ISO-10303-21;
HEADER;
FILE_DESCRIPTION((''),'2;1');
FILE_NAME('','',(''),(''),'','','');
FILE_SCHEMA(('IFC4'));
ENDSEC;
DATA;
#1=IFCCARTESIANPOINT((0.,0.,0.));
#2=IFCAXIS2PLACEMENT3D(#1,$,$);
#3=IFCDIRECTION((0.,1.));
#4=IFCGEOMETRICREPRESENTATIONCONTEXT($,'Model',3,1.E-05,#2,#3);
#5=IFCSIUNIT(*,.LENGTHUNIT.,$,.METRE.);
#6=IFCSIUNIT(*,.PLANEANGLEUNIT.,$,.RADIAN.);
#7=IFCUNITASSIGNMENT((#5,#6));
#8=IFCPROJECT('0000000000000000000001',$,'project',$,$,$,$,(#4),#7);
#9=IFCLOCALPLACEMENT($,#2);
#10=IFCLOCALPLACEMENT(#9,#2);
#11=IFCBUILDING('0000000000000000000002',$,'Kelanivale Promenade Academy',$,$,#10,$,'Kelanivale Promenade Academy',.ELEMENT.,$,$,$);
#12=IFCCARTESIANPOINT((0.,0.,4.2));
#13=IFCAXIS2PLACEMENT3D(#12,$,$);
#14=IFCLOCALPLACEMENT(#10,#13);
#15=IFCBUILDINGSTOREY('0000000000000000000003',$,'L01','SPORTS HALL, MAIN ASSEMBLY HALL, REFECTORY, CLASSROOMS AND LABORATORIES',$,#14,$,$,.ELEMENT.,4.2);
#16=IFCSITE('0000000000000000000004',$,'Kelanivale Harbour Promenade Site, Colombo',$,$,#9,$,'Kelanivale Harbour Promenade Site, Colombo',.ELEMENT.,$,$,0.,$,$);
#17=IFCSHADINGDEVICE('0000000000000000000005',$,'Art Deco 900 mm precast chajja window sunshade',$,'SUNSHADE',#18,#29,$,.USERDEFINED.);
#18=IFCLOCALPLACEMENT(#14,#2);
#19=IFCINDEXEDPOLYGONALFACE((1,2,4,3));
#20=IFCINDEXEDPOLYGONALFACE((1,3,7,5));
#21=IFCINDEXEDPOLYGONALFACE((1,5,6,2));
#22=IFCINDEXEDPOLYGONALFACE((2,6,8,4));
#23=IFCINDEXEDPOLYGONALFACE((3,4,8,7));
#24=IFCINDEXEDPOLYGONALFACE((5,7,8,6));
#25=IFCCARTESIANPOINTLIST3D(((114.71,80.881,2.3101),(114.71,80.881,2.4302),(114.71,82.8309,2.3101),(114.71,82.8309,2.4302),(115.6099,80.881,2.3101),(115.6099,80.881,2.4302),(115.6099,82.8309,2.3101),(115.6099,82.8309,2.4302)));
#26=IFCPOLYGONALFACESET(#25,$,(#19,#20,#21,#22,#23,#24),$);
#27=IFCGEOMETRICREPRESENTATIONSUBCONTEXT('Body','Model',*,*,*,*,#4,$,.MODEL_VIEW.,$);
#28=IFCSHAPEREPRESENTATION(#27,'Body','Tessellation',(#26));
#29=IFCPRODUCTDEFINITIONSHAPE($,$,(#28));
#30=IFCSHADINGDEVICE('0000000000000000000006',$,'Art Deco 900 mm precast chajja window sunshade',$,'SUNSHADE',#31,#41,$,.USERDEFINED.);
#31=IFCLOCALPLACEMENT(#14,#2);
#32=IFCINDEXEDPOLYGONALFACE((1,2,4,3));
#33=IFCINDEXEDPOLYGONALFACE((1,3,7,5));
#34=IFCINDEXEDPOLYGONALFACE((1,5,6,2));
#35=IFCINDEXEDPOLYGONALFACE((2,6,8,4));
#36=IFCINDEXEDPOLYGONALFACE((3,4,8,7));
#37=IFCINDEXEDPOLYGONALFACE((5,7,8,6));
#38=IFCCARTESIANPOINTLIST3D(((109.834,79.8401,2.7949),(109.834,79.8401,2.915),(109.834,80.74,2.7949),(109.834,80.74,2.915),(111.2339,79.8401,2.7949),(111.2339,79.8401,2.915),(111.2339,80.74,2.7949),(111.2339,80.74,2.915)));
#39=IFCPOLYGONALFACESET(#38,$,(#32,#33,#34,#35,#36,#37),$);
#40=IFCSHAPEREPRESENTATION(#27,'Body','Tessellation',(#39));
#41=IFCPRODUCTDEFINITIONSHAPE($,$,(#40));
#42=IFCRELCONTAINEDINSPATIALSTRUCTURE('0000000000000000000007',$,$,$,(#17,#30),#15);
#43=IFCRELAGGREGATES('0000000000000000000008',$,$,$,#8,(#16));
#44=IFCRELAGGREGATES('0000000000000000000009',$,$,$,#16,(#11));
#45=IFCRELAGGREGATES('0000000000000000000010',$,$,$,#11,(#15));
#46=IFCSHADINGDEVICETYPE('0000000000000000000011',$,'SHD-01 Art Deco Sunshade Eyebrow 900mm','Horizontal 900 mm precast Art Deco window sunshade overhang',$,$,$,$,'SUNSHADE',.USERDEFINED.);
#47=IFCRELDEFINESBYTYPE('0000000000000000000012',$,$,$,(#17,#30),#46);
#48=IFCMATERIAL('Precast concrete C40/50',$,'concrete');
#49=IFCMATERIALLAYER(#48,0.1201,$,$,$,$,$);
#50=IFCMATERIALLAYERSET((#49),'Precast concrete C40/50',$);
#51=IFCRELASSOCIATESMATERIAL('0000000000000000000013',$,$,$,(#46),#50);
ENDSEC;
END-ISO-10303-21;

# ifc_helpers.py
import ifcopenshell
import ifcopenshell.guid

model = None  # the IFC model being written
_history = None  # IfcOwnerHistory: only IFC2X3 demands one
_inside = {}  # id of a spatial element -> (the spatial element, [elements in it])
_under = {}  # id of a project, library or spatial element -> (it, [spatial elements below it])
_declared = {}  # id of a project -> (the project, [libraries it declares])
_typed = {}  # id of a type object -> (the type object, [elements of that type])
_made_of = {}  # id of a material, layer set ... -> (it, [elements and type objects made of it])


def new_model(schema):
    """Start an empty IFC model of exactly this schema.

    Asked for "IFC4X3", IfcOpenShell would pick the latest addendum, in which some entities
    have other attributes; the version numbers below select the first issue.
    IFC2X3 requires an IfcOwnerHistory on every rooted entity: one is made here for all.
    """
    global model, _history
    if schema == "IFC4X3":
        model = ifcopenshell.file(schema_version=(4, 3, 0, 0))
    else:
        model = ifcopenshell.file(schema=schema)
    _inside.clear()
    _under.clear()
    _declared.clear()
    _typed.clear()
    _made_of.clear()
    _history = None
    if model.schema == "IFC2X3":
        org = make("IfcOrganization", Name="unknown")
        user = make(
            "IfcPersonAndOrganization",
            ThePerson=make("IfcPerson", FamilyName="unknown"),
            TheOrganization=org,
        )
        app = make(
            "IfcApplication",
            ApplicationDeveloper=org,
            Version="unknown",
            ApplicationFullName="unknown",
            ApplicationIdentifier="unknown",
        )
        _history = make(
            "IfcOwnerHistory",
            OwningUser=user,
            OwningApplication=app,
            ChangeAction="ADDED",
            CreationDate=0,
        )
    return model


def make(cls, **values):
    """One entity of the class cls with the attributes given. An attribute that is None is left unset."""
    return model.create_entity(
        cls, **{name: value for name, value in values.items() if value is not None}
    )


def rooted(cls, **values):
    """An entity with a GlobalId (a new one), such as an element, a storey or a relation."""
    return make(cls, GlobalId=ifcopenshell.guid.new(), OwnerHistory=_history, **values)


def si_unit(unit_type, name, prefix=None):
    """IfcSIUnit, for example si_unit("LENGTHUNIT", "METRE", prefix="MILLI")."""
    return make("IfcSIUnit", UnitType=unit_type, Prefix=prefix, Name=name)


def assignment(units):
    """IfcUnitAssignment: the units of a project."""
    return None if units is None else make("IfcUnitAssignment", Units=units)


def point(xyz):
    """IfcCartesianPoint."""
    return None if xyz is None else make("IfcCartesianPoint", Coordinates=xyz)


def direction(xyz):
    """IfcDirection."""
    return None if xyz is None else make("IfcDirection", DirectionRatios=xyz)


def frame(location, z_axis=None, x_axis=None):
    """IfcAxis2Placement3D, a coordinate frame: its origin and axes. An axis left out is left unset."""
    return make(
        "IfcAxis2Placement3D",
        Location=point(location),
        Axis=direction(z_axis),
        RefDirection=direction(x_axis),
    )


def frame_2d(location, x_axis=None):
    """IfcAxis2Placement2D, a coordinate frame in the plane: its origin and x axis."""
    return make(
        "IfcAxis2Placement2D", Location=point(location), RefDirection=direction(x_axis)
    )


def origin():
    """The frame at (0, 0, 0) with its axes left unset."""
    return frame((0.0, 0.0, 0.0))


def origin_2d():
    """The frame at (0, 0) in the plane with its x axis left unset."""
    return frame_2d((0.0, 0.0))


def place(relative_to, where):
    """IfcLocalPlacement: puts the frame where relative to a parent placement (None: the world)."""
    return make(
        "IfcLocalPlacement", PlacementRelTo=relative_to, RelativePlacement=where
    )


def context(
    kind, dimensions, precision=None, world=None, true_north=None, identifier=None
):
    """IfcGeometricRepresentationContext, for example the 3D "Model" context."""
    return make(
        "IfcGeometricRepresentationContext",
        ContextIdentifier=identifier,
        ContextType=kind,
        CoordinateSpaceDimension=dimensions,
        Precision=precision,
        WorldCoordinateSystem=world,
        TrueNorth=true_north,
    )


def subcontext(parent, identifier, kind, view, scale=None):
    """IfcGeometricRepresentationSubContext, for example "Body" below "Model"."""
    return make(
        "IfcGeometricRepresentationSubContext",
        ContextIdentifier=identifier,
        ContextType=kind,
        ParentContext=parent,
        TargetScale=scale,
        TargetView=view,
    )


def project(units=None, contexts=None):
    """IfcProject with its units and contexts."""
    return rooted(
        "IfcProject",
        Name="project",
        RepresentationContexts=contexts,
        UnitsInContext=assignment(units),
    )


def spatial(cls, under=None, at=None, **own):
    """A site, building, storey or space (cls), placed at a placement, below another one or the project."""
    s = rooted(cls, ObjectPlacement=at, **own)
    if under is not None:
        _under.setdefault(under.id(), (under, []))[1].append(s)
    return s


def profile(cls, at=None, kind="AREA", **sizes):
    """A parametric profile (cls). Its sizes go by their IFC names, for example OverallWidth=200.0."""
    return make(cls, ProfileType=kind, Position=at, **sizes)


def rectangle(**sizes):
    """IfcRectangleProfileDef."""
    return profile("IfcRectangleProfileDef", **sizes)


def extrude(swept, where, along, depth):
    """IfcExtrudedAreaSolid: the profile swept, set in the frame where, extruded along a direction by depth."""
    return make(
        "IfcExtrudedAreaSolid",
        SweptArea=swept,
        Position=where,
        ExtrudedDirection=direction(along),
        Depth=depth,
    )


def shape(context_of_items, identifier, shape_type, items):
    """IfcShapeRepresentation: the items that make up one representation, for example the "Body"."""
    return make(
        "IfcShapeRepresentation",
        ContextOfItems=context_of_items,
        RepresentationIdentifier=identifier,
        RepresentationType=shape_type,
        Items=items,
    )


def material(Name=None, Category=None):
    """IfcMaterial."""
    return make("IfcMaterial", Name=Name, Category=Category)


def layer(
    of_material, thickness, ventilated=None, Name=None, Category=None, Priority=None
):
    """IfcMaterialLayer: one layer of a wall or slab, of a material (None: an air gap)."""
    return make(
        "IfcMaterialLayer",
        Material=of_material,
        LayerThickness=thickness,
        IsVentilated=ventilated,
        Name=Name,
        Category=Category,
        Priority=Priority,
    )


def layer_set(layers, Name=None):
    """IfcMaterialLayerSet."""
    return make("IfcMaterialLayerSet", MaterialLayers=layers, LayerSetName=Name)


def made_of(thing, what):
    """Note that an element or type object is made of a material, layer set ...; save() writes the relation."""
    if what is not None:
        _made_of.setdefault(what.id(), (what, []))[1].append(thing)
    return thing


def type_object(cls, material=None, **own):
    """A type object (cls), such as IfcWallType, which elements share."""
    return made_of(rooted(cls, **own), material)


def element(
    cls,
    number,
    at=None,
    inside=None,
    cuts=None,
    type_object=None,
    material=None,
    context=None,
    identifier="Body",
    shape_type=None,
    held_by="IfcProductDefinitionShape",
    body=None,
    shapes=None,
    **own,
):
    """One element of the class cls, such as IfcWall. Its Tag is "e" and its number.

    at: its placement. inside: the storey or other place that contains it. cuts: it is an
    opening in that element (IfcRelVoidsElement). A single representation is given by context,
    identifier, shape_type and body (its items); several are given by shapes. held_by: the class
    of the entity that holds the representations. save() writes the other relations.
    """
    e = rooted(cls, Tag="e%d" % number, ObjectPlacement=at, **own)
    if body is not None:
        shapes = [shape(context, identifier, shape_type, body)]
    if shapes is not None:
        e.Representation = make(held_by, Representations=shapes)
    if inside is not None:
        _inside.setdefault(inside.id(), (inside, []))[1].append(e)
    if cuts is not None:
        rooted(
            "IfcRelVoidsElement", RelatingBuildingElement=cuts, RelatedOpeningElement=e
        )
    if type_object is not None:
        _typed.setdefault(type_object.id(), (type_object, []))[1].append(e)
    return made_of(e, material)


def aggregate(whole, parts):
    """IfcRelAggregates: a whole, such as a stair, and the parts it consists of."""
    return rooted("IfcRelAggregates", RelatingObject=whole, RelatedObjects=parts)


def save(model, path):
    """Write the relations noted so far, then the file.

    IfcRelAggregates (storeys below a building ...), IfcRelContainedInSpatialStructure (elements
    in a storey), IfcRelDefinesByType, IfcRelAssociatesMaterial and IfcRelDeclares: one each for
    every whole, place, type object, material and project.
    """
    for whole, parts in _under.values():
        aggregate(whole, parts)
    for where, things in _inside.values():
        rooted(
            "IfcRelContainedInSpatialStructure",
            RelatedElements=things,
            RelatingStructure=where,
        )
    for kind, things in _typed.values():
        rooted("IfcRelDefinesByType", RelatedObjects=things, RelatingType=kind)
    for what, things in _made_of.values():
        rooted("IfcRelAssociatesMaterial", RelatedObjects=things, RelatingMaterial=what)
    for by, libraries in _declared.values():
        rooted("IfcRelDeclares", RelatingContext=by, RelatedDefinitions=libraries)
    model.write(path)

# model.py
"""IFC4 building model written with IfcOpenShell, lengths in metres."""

from ifc_helpers import new_model, si_unit, direction, frame, origin, origin_2d, place, context, subcontext, project, spatial, rectangle, extrude, material, layer, layer_set, type_object, element, save


model = new_model("IFC4")

# Units and contexts
model_context = context("Model", 3, precision=1e-05, world=origin(), true_north=direction((0.0, 1.0)))
body_context = subcontext(model_context, "Body", "Model", "MODEL_VIEW")
ifc_project = project(units=[si_unit("LENGTHUNIT", "METRE"), si_unit("PLANEANGLEUNIT", "RADIAN")], contexts=[model_context])

# Site, building, storey
site_placement = place(None, origin())
site = spatial("IfcSite", under=ifc_project, at=site_placement, Name="Kelanivale Harbour Promenade Site, Colombo", LongName="Kelanivale Harbour Promenade Site, Colombo", CompositionType="ELEMENT", RefElevation=0.0)
building_placement = place(site_placement, origin())
building = spatial("IfcBuilding", under=site, at=building_placement, Name="Kelanivale Promenade Academy", LongName="Kelanivale Promenade Academy", CompositionType="ELEMENT")
storey_placement = place(building_placement, frame((0.0, 0.0, 4.2)))
storey = spatial("IfcBuildingStorey", under=building, at=storey_placement, Name="L01", Description="SPORTS HALL, MAIN ASSEMBLY HALL, REFECTORY, CLASSROOMS AND LABORATORIES", CompositionType="ELEMENT", Elevation=4.2)

# Shading devices
ifc_material_1 = material(Name="Precast concrete C40/50", Category="concrete")
ifc_layer_1 = layer(ifc_material_1, 0.1201)
ifc_layer_set_1 = layer_set([ifc_layer_1], Name="Precast concrete C40/50")
shading_device_type = type_object("IfcShadingDeviceType", Name="SHD-01 Art Deco Sunshade Eyebrow 900mm", Description="Horizontal 900 mm precast Art Deco window sunshade overhang", ElementType="SUNSHADE", PredefinedType="USERDEFINED", material=ifc_layer_set_1)
shading_device_1_placement = place(storey_placement, frame((115.1599, 81.856, 2.3101), z_axis=(0.0, 0.0, 1.0), x_axis=(0.0, -1.0, 0.0)))
element("IfcShadingDevice", 1, at=shading_device_1_placement, inside=storey, type_object=shading_device_type, Name="Art Deco 900 mm precast chajja window sunshade", ObjectType="SUNSHADE", PredefinedType="USERDEFINED", context=body_context, shape_type="SweptSolid", body=[
    extrude(rectangle(XDim=1.95, YDim=0.8999, at=origin_2d()), origin(), (0.0, 0.0, 1.0), 0.1201),
])
shading_device_2_placement = place(storey_placement, frame((110.5339, 80.29, 2.7949), z_axis=(0.0, 0.0, 1.0), x_axis=(-1.0, 0.0, 0.0)))
element("IfcShadingDevice", 2, at=shading_device_2_placement, inside=storey, type_object=shading_device_type, Name="Art Deco 900 mm precast chajja window sunshade", ObjectType="SUNSHADE", PredefinedType="USERDEFINED", context=body_context, shape_type="SweptSolid", body=[
    extrude(rectangle(XDim=1.3999, YDim=0.8999, at=origin_2d()), origin(), (0.0, 0.0, 1.0), 0.1201),
])

save(model, "model.ifc")
